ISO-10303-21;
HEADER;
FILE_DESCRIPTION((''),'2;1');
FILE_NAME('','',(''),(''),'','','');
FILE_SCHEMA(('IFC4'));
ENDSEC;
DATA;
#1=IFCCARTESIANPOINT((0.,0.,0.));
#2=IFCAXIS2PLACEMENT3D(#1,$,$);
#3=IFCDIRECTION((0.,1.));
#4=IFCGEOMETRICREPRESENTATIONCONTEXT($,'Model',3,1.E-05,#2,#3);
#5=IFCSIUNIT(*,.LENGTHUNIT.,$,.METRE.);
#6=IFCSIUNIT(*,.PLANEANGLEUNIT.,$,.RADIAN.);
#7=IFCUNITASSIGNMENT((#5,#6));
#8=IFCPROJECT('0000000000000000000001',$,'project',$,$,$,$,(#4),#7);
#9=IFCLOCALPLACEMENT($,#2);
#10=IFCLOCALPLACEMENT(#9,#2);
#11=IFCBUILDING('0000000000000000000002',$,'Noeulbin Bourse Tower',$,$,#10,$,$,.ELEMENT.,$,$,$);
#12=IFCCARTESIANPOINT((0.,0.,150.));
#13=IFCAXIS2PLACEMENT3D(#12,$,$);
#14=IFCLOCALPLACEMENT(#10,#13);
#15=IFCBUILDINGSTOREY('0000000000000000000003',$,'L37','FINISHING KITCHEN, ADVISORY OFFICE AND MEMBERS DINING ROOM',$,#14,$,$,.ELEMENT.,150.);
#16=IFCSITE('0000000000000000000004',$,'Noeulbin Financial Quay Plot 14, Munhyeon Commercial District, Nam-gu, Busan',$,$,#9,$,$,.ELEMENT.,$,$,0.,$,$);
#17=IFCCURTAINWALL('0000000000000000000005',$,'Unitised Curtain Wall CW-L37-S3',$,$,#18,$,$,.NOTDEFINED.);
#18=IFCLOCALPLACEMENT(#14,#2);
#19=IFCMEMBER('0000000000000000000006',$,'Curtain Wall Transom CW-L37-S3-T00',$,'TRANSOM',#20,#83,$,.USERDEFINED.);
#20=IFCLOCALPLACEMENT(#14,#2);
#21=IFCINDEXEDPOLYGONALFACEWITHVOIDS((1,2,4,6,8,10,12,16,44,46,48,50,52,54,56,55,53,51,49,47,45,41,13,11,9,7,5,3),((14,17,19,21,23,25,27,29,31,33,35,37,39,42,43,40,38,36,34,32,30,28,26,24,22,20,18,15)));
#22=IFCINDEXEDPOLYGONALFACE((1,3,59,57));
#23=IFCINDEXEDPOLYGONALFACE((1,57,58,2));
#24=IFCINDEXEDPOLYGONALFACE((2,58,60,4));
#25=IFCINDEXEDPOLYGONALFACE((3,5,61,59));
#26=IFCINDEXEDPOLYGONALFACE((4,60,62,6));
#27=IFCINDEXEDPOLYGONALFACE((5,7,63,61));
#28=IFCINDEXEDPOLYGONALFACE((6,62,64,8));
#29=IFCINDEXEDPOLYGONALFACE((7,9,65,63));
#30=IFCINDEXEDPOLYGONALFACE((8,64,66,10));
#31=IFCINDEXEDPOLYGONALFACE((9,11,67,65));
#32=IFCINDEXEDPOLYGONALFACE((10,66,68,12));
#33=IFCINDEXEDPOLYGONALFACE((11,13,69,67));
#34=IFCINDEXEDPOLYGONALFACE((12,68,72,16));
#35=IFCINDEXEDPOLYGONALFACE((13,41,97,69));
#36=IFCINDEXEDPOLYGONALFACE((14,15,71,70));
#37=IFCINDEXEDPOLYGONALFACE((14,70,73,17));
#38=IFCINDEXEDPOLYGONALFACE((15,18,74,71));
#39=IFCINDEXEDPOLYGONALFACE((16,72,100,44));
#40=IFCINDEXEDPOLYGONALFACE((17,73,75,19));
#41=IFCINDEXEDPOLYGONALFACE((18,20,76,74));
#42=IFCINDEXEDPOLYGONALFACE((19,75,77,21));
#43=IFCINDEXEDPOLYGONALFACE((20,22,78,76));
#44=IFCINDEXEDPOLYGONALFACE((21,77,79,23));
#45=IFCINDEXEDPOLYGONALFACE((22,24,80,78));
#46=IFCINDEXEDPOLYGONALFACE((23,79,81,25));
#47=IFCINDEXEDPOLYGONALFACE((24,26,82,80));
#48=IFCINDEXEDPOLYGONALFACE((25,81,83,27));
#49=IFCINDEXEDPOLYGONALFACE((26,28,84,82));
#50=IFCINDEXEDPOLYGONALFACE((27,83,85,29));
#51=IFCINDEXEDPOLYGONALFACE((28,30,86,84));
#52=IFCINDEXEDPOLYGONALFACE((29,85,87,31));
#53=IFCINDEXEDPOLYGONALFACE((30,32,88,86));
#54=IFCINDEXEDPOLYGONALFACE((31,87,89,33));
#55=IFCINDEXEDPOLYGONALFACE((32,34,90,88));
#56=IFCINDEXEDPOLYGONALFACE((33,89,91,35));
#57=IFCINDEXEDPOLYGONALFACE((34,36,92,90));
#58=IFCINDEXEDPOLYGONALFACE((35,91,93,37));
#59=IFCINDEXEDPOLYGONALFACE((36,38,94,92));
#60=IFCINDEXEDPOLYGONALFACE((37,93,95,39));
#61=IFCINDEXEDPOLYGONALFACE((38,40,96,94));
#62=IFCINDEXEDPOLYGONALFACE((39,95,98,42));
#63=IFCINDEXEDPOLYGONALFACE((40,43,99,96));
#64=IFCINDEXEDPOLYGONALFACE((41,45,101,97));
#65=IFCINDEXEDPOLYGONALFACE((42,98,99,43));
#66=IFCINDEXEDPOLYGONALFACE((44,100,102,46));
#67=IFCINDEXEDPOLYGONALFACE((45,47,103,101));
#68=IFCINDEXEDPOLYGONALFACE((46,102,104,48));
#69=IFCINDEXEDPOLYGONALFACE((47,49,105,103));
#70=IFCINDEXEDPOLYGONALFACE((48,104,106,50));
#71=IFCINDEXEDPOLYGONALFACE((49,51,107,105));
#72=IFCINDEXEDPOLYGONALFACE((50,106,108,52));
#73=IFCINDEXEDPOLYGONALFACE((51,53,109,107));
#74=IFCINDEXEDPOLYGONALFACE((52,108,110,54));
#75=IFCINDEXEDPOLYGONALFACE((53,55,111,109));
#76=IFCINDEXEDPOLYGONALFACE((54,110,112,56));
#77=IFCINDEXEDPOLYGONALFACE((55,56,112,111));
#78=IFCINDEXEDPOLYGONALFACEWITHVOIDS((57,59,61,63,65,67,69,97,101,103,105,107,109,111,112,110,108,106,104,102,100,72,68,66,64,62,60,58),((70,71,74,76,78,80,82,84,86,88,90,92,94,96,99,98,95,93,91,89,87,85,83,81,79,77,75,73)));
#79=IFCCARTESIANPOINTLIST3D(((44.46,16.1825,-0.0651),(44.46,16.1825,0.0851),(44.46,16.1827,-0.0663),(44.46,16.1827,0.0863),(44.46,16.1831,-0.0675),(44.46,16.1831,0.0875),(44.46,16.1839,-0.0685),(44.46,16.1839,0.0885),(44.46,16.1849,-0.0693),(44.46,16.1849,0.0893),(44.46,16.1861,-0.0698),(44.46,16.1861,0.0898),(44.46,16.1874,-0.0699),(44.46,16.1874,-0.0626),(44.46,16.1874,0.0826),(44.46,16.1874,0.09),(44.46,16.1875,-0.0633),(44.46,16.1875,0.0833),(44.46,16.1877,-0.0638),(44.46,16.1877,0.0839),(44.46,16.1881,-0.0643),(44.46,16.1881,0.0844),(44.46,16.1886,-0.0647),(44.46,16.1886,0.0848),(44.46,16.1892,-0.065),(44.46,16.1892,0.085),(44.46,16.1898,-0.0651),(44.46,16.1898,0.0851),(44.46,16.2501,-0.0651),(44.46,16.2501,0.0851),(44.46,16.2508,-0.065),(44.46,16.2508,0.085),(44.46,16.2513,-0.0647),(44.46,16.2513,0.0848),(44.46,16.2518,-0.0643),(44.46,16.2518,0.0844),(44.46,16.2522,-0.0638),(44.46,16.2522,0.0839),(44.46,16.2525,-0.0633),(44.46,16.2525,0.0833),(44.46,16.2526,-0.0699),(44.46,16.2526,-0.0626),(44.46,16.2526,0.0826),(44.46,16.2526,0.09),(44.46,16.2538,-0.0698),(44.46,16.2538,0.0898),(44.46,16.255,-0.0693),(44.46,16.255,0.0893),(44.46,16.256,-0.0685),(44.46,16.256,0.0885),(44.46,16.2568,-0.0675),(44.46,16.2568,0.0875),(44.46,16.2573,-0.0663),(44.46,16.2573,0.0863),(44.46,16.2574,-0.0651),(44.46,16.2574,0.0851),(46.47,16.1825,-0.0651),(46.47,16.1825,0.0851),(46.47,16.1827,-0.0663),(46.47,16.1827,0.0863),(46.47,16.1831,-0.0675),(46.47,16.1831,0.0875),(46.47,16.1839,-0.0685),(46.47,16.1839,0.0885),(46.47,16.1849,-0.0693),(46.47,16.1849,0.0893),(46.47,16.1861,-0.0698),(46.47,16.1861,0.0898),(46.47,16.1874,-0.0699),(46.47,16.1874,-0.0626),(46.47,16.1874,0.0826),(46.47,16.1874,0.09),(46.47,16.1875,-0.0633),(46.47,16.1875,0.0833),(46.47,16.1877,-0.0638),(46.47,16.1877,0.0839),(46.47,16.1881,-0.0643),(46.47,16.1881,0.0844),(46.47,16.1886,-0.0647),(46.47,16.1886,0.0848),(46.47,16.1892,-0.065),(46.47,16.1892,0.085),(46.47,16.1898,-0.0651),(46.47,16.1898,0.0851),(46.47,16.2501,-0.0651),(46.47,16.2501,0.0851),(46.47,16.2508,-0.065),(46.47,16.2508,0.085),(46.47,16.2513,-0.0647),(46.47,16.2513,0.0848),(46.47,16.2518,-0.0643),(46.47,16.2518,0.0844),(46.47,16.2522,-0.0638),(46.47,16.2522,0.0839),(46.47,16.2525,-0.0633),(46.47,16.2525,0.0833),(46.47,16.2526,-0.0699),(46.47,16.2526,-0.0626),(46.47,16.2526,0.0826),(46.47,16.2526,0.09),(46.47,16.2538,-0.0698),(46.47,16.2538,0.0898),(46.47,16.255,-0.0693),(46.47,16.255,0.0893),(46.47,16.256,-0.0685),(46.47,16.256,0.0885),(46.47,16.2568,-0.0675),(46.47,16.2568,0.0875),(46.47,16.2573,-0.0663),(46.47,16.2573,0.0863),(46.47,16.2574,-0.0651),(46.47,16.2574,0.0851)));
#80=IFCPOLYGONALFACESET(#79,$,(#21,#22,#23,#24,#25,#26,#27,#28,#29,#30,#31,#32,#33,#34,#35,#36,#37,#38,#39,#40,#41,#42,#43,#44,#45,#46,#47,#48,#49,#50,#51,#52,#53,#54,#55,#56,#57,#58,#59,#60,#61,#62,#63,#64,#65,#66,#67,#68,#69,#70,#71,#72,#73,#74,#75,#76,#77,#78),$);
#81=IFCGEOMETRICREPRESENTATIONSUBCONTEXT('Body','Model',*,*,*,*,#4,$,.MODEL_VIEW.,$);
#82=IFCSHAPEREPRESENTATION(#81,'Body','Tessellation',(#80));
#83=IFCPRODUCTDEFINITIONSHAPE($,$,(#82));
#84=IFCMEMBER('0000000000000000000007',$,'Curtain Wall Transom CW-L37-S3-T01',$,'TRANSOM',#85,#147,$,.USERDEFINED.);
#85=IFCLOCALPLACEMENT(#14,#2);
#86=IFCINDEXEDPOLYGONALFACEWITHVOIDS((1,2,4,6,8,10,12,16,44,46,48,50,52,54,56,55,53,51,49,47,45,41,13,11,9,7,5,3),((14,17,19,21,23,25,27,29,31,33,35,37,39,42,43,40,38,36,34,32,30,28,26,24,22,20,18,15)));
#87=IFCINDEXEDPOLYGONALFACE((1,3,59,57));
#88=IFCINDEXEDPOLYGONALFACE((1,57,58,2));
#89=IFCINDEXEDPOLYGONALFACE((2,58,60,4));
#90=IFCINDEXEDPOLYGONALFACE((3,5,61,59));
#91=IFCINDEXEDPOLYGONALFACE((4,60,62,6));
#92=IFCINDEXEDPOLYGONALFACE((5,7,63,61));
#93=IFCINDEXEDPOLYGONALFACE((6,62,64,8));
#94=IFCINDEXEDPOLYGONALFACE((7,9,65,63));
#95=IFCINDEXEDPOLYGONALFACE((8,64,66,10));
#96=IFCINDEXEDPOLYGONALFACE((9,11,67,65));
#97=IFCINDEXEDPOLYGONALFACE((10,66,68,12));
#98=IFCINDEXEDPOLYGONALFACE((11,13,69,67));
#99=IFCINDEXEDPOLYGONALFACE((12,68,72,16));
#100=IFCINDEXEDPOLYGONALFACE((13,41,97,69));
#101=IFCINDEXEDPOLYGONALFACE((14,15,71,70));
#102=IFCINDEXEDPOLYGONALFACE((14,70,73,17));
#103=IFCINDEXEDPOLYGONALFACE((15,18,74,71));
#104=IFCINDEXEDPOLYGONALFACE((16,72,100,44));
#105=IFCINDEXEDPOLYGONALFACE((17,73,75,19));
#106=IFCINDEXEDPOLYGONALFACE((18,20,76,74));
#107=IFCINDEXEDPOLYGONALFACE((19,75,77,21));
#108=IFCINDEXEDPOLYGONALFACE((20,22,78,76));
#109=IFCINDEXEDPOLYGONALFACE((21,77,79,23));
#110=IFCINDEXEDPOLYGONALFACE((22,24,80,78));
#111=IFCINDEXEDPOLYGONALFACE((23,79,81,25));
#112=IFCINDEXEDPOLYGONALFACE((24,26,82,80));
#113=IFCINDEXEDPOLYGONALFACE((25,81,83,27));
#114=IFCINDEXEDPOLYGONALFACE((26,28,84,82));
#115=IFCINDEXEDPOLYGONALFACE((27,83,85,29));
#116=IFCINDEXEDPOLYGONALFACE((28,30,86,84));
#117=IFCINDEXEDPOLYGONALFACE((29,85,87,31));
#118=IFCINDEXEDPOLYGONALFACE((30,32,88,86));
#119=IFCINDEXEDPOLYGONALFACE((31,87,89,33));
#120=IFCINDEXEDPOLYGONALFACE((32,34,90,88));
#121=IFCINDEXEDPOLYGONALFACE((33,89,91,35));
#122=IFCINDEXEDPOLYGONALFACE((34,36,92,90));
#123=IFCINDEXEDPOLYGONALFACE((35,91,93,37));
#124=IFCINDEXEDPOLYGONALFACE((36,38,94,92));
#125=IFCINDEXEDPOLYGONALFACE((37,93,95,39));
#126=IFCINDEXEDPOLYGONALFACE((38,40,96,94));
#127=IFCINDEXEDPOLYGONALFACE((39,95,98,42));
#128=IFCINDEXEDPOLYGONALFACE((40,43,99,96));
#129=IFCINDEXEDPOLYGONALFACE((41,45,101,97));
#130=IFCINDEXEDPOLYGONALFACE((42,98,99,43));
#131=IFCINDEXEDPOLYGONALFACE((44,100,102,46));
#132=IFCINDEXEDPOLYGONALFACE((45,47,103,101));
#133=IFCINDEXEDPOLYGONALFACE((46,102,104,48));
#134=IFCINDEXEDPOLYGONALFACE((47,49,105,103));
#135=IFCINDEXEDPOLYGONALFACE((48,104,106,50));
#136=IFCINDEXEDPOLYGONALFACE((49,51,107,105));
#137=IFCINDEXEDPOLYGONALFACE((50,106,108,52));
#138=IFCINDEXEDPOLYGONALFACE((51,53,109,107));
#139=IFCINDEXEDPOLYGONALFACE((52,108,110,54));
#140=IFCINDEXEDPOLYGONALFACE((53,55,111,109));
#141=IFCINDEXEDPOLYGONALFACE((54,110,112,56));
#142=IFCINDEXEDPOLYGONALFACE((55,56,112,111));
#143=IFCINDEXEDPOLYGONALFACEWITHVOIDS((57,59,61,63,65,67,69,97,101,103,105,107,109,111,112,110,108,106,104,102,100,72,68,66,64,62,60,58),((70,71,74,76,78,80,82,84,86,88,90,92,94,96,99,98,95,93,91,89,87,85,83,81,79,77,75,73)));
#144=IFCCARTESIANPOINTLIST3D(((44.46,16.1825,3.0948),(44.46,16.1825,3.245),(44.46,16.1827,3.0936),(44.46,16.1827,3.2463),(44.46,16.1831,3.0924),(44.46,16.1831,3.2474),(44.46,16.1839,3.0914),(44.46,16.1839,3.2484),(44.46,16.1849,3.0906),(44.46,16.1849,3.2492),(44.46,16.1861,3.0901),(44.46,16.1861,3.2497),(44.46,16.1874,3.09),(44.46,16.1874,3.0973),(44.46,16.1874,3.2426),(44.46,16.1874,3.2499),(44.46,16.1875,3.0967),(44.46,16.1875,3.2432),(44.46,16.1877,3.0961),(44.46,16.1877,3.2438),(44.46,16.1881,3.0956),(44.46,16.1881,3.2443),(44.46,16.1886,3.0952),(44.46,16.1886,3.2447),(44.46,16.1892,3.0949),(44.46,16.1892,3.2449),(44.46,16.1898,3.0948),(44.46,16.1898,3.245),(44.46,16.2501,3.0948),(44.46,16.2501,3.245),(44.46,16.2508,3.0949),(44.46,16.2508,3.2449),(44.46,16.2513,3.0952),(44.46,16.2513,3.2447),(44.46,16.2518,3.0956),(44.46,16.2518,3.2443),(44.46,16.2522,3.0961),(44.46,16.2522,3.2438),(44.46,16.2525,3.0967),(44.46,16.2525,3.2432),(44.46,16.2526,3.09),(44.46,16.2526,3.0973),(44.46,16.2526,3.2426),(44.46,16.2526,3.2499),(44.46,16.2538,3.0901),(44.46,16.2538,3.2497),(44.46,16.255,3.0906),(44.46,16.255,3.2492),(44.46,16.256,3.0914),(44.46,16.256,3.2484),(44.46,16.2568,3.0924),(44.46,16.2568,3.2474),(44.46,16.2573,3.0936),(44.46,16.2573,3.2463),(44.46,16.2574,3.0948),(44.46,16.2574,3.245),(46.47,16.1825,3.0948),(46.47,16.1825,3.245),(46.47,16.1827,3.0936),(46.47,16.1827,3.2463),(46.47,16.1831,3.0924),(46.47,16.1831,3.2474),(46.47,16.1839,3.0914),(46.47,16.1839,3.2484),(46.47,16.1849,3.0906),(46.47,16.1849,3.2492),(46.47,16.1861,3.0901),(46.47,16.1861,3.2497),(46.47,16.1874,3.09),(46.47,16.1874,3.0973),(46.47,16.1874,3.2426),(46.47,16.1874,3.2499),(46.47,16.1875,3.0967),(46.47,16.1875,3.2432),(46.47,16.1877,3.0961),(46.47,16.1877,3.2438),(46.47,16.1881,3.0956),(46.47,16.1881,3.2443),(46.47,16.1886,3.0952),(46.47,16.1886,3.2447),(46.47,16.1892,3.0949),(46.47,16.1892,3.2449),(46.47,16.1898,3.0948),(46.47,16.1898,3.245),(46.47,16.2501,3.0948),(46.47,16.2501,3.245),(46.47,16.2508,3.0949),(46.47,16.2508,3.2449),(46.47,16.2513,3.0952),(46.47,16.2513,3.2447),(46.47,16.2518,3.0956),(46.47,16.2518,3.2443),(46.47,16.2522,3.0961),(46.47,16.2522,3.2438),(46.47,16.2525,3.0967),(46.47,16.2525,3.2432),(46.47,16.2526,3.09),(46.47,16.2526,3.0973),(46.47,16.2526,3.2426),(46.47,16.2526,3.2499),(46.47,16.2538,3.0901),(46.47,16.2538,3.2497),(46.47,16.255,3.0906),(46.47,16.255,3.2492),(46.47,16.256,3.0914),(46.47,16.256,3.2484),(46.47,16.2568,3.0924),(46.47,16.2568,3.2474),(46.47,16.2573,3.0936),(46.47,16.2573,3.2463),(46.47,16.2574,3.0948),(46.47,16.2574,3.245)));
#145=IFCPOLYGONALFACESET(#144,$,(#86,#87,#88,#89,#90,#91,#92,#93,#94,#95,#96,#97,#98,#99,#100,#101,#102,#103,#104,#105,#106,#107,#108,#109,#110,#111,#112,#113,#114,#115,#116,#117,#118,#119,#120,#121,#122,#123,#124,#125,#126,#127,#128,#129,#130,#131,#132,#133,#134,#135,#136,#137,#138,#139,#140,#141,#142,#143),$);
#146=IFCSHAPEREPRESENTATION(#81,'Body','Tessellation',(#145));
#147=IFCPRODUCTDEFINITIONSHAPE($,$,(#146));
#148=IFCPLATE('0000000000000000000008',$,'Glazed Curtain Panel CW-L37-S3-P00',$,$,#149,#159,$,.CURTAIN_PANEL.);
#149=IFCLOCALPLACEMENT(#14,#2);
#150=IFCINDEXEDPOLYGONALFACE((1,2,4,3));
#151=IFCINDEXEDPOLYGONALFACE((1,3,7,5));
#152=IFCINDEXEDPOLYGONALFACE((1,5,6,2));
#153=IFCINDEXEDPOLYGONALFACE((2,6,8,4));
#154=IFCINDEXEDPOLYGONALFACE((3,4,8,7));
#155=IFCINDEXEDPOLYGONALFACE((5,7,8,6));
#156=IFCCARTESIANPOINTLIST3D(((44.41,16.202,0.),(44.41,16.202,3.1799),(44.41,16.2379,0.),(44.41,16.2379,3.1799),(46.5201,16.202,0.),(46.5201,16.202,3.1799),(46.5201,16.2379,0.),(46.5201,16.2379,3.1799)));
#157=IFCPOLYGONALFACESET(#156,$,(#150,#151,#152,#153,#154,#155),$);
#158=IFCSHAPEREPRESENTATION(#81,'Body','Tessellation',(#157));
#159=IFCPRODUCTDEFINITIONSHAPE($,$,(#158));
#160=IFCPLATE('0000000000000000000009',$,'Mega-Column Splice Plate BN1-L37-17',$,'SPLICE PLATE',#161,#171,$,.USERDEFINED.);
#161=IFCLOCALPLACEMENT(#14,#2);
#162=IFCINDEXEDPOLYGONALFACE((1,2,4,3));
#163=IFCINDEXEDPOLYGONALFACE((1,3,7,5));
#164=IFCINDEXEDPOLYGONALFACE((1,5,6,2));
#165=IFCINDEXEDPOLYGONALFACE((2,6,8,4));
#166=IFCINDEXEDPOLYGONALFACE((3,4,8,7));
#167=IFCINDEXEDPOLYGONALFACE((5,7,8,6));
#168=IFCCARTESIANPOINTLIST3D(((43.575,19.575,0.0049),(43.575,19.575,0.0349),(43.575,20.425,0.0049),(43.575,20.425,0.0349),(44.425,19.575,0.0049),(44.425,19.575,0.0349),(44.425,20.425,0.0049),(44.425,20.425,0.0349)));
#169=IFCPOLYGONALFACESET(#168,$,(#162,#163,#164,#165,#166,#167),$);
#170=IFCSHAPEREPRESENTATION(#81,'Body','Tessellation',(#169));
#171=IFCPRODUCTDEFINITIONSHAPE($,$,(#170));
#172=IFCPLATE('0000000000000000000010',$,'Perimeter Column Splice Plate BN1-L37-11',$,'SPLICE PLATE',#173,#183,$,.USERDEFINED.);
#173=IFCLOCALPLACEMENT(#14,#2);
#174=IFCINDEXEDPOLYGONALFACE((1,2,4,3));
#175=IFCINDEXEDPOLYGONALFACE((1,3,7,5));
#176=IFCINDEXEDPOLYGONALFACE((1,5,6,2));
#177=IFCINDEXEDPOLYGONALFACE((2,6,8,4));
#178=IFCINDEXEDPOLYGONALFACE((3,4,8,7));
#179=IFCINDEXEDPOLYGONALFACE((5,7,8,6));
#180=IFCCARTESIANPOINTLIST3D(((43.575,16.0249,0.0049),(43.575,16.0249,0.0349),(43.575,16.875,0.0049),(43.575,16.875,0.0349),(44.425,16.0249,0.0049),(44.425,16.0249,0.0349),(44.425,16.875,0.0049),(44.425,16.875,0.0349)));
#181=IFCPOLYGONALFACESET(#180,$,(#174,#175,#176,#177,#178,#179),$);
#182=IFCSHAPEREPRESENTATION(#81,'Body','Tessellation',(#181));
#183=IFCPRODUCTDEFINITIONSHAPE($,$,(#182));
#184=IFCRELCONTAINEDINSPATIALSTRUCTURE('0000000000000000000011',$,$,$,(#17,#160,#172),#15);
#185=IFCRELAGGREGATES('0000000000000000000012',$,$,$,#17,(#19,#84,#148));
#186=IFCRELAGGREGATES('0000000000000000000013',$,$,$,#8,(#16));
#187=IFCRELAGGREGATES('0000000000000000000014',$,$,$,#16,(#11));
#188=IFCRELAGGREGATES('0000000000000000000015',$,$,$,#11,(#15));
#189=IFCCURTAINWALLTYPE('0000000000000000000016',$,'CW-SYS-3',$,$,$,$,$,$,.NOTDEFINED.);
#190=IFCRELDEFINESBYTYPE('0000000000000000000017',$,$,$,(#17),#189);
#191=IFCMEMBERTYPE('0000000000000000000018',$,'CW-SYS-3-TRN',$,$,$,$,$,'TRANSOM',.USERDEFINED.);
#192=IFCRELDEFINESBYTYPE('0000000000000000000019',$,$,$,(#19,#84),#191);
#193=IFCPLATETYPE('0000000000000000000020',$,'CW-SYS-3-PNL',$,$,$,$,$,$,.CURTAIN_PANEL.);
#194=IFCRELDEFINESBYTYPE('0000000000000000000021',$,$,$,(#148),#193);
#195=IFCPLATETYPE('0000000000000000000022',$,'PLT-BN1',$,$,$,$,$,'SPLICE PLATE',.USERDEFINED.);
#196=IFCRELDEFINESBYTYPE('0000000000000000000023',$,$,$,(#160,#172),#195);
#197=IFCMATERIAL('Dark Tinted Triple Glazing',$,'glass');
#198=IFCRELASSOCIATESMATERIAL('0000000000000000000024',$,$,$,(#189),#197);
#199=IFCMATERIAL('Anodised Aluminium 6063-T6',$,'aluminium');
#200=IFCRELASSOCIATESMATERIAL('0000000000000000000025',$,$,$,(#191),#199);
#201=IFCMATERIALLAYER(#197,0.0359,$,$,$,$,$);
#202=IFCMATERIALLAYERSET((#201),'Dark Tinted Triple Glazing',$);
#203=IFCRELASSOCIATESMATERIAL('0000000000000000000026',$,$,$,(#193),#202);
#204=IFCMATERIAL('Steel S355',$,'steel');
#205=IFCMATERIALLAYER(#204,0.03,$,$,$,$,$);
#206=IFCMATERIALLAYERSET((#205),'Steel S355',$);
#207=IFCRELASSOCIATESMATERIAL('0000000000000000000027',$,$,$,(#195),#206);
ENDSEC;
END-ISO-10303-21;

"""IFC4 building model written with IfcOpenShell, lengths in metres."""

from ifc_helpers import new_model, si_unit, direction, frame, origin, origin_2d, place, context, subcontext, project, spatial, rectangle, hollow_rectangle, extrude, material, layer, layer_set, material_profile, profile_set, type_object, element, aggregate, save


model = new_model("IFC4")

# Units and contexts
model_context = context("Model", 3, precision=1e-05, world=origin(), true_north=direction((0.0, 1.0)))
body_context = subcontext(model_context, "Body", "Model", "MODEL_VIEW")
ifc_project = project(units=[si_unit("LENGTHUNIT", "METRE"), si_unit("PLANEANGLEUNIT", "RADIAN")], contexts=[model_context])

# Site, building, storey
site_placement = place(None, origin())
site = spatial("IfcSite", under=ifc_project, at=site_placement, Name="Noeulbin Financial Quay Plot 14, Munhyeon Commercial District, Nam-gu, Busan", CompositionType="ELEMENT", RefElevation=0.0)
building_placement = place(site_placement, origin())
building = spatial("IfcBuilding", under=site, at=building_placement, Name="Noeulbin Bourse Tower", CompositionType="ELEMENT")
storey_placement = place(building_placement, frame((0.0, 0.0, 150.0)))
storey = spatial("IfcBuildingStorey", under=building, at=storey_placement, Name="L37", Description="FINISHING KITCHEN, ADVISORY OFFICE AND MEMBERS DINING ROOM", CompositionType="ELEMENT", Elevation=150.0)

# Shared definitions
ifc_material_1 = material(Name="Steel S355", Category="steel")

# Curtain wall, members, plate
ifc_material_2 = material(Name="Dark Tinted Triple Glazing", Category="glass")
curtain_wall_type = type_object("IfcCurtainWallType", Name="CW-SYS-3", PredefinedType="NOTDEFINED", material=ifc_material_2)
curtain_wall_placement = place(storey_placement, origin())
curtain_wall = element("IfcCurtainWall", 1, at=curtain_wall_placement, inside=storey, type_object=curtain_wall_type, Name="Unitised Curtain Wall CW-L37-S3", PredefinedType="NOTDEFINED")
ifc_material_3 = material(Name="Anodised Aluminium 6063-T6", Category="aluminium")
ifc_material_profile_1 = material_profile(ifc_material_3, hollow_rectangle(XDim=0.075, YDim=0.1599, WallThickness=0.0049, InnerFilletRadius=0.0024, OuterFilletRadius=0.0049, at=origin_2d()), Name="ALU-TRAN-75x160x5", Category="LoadBearing")
ifc_profile_set_1 = profile_set([ifc_material_profile_1], Name="Anodised Aluminium 6063-T6")
member_type_1 = type_object("IfcMemberType", Name="CW-SYS-3-TRN", ElementType="TRANSOM", PredefinedType="USERDEFINED", material=ifc_profile_set_1)
member_1_placement = place(storey_placement, frame((44.46, 16.22, 0.01), z_axis=(1.0, 0.0, 0.0), x_axis=(0.0, 1.0, 0.0)))
member_1 = element("IfcMember", 2, at=member_1_placement, type_object=member_type_1, Name="Curtain Wall Transom CW-L37-S3-T00", ObjectType="TRANSOM", PredefinedType="USERDEFINED", context=body_context, shape_type="SweptSolid", body=[
    extrude(hollow_rectangle(XDim=0.075, YDim=0.1599, WallThickness=0.0049, InnerFilletRadius=0.0024, OuterFilletRadius=0.0049, at=origin_2d()), origin(), (0.0, 0.0, 1.0), 2.01),
])
member_2_placement = place(storey_placement, frame((44.46, 16.22, 3.1699), z_axis=(1.0, 0.0, 0.0), x_axis=(0.0, 1.0, 0.0)))
member_2 = element("IfcMember", 3, at=member_2_placement, type_object=member_type_1, Name="Curtain Wall Transom CW-L37-S3-T01", ObjectType="TRANSOM", PredefinedType="USERDEFINED", context=body_context, shape_type="SweptSolid", body=[
    extrude(hollow_rectangle(XDim=0.075, YDim=0.1599, WallThickness=0.0049, InnerFilletRadius=0.0024, OuterFilletRadius=0.0049, at=origin_2d()), origin(), (0.0, 0.0, 1.0), 2.01),
])
ifc_layer_1 = layer(ifc_material_2, 0.0359)
ifc_layer_set_1 = layer_set([ifc_layer_1], Name="Dark Tinted Triple Glazing")
plate_type_1 = type_object("IfcPlateType", Name="CW-SYS-3-PNL", PredefinedType="CURTAIN_PANEL", material=ifc_layer_set_1)
plate_placement = place(storey_placement, frame((45.4651, 16.22, 0.0), z_axis=(0.0, 0.0, 1.0), x_axis=(1.0, 0.0, 0.0)))
plate = element("IfcPlate", 4, at=plate_placement, type_object=plate_type_1, Name="Glazed Curtain Panel CW-L37-S3-P00", PredefinedType="CURTAIN_PANEL", context=body_context, shape_type="SweptSolid", body=[
    extrude(rectangle(XDim=2.1101, YDim=0.0359, at=origin_2d()), origin(), (0.0, 0.0, 1.0), 3.1799),
])
aggregate(curtain_wall, [member_1, member_2, plate])

# Plates
ifc_layer_2 = layer(ifc_material_1, 0.03)
ifc_layer_set_2 = layer_set([ifc_layer_2], Name="Steel S355")
plate_type_2 = type_object("IfcPlateType", Name="PLT-BN1", ElementType="SPLICE PLATE", PredefinedType="USERDEFINED", material=ifc_layer_set_2)
for number, where, z_axis, x_axis, name in (
    (5, (44.0, 20.0, 0.0049), (0.0, 0.0, 1.0), (1.0, 0.0, 0.0), "Mega-Column Splice Plate BN1-L37-17"),
    (6, (44.0, 16.45, 0.0049), (0.0, 0.0, 1.0), (1.0, 0.0, 0.0), "Perimeter Column Splice Plate BN1-L37-11"),
):
    element("IfcPlate", number, at=place(storey_placement, frame(where, z_axis=z_axis, x_axis=x_axis)), inside=storey, type_object=plate_type_2, Name=name, ObjectType="SPLICE PLATE", PredefinedType="USERDEFINED", context=body_context, shape_type="SweptSolid", body=[
        extrude(rectangle(XDim=0.8501, YDim=0.8501, at=origin_2d()), origin(), (0.0, 0.0, 1.0), 0.03),
    ])

save(model, "model.ifc")
